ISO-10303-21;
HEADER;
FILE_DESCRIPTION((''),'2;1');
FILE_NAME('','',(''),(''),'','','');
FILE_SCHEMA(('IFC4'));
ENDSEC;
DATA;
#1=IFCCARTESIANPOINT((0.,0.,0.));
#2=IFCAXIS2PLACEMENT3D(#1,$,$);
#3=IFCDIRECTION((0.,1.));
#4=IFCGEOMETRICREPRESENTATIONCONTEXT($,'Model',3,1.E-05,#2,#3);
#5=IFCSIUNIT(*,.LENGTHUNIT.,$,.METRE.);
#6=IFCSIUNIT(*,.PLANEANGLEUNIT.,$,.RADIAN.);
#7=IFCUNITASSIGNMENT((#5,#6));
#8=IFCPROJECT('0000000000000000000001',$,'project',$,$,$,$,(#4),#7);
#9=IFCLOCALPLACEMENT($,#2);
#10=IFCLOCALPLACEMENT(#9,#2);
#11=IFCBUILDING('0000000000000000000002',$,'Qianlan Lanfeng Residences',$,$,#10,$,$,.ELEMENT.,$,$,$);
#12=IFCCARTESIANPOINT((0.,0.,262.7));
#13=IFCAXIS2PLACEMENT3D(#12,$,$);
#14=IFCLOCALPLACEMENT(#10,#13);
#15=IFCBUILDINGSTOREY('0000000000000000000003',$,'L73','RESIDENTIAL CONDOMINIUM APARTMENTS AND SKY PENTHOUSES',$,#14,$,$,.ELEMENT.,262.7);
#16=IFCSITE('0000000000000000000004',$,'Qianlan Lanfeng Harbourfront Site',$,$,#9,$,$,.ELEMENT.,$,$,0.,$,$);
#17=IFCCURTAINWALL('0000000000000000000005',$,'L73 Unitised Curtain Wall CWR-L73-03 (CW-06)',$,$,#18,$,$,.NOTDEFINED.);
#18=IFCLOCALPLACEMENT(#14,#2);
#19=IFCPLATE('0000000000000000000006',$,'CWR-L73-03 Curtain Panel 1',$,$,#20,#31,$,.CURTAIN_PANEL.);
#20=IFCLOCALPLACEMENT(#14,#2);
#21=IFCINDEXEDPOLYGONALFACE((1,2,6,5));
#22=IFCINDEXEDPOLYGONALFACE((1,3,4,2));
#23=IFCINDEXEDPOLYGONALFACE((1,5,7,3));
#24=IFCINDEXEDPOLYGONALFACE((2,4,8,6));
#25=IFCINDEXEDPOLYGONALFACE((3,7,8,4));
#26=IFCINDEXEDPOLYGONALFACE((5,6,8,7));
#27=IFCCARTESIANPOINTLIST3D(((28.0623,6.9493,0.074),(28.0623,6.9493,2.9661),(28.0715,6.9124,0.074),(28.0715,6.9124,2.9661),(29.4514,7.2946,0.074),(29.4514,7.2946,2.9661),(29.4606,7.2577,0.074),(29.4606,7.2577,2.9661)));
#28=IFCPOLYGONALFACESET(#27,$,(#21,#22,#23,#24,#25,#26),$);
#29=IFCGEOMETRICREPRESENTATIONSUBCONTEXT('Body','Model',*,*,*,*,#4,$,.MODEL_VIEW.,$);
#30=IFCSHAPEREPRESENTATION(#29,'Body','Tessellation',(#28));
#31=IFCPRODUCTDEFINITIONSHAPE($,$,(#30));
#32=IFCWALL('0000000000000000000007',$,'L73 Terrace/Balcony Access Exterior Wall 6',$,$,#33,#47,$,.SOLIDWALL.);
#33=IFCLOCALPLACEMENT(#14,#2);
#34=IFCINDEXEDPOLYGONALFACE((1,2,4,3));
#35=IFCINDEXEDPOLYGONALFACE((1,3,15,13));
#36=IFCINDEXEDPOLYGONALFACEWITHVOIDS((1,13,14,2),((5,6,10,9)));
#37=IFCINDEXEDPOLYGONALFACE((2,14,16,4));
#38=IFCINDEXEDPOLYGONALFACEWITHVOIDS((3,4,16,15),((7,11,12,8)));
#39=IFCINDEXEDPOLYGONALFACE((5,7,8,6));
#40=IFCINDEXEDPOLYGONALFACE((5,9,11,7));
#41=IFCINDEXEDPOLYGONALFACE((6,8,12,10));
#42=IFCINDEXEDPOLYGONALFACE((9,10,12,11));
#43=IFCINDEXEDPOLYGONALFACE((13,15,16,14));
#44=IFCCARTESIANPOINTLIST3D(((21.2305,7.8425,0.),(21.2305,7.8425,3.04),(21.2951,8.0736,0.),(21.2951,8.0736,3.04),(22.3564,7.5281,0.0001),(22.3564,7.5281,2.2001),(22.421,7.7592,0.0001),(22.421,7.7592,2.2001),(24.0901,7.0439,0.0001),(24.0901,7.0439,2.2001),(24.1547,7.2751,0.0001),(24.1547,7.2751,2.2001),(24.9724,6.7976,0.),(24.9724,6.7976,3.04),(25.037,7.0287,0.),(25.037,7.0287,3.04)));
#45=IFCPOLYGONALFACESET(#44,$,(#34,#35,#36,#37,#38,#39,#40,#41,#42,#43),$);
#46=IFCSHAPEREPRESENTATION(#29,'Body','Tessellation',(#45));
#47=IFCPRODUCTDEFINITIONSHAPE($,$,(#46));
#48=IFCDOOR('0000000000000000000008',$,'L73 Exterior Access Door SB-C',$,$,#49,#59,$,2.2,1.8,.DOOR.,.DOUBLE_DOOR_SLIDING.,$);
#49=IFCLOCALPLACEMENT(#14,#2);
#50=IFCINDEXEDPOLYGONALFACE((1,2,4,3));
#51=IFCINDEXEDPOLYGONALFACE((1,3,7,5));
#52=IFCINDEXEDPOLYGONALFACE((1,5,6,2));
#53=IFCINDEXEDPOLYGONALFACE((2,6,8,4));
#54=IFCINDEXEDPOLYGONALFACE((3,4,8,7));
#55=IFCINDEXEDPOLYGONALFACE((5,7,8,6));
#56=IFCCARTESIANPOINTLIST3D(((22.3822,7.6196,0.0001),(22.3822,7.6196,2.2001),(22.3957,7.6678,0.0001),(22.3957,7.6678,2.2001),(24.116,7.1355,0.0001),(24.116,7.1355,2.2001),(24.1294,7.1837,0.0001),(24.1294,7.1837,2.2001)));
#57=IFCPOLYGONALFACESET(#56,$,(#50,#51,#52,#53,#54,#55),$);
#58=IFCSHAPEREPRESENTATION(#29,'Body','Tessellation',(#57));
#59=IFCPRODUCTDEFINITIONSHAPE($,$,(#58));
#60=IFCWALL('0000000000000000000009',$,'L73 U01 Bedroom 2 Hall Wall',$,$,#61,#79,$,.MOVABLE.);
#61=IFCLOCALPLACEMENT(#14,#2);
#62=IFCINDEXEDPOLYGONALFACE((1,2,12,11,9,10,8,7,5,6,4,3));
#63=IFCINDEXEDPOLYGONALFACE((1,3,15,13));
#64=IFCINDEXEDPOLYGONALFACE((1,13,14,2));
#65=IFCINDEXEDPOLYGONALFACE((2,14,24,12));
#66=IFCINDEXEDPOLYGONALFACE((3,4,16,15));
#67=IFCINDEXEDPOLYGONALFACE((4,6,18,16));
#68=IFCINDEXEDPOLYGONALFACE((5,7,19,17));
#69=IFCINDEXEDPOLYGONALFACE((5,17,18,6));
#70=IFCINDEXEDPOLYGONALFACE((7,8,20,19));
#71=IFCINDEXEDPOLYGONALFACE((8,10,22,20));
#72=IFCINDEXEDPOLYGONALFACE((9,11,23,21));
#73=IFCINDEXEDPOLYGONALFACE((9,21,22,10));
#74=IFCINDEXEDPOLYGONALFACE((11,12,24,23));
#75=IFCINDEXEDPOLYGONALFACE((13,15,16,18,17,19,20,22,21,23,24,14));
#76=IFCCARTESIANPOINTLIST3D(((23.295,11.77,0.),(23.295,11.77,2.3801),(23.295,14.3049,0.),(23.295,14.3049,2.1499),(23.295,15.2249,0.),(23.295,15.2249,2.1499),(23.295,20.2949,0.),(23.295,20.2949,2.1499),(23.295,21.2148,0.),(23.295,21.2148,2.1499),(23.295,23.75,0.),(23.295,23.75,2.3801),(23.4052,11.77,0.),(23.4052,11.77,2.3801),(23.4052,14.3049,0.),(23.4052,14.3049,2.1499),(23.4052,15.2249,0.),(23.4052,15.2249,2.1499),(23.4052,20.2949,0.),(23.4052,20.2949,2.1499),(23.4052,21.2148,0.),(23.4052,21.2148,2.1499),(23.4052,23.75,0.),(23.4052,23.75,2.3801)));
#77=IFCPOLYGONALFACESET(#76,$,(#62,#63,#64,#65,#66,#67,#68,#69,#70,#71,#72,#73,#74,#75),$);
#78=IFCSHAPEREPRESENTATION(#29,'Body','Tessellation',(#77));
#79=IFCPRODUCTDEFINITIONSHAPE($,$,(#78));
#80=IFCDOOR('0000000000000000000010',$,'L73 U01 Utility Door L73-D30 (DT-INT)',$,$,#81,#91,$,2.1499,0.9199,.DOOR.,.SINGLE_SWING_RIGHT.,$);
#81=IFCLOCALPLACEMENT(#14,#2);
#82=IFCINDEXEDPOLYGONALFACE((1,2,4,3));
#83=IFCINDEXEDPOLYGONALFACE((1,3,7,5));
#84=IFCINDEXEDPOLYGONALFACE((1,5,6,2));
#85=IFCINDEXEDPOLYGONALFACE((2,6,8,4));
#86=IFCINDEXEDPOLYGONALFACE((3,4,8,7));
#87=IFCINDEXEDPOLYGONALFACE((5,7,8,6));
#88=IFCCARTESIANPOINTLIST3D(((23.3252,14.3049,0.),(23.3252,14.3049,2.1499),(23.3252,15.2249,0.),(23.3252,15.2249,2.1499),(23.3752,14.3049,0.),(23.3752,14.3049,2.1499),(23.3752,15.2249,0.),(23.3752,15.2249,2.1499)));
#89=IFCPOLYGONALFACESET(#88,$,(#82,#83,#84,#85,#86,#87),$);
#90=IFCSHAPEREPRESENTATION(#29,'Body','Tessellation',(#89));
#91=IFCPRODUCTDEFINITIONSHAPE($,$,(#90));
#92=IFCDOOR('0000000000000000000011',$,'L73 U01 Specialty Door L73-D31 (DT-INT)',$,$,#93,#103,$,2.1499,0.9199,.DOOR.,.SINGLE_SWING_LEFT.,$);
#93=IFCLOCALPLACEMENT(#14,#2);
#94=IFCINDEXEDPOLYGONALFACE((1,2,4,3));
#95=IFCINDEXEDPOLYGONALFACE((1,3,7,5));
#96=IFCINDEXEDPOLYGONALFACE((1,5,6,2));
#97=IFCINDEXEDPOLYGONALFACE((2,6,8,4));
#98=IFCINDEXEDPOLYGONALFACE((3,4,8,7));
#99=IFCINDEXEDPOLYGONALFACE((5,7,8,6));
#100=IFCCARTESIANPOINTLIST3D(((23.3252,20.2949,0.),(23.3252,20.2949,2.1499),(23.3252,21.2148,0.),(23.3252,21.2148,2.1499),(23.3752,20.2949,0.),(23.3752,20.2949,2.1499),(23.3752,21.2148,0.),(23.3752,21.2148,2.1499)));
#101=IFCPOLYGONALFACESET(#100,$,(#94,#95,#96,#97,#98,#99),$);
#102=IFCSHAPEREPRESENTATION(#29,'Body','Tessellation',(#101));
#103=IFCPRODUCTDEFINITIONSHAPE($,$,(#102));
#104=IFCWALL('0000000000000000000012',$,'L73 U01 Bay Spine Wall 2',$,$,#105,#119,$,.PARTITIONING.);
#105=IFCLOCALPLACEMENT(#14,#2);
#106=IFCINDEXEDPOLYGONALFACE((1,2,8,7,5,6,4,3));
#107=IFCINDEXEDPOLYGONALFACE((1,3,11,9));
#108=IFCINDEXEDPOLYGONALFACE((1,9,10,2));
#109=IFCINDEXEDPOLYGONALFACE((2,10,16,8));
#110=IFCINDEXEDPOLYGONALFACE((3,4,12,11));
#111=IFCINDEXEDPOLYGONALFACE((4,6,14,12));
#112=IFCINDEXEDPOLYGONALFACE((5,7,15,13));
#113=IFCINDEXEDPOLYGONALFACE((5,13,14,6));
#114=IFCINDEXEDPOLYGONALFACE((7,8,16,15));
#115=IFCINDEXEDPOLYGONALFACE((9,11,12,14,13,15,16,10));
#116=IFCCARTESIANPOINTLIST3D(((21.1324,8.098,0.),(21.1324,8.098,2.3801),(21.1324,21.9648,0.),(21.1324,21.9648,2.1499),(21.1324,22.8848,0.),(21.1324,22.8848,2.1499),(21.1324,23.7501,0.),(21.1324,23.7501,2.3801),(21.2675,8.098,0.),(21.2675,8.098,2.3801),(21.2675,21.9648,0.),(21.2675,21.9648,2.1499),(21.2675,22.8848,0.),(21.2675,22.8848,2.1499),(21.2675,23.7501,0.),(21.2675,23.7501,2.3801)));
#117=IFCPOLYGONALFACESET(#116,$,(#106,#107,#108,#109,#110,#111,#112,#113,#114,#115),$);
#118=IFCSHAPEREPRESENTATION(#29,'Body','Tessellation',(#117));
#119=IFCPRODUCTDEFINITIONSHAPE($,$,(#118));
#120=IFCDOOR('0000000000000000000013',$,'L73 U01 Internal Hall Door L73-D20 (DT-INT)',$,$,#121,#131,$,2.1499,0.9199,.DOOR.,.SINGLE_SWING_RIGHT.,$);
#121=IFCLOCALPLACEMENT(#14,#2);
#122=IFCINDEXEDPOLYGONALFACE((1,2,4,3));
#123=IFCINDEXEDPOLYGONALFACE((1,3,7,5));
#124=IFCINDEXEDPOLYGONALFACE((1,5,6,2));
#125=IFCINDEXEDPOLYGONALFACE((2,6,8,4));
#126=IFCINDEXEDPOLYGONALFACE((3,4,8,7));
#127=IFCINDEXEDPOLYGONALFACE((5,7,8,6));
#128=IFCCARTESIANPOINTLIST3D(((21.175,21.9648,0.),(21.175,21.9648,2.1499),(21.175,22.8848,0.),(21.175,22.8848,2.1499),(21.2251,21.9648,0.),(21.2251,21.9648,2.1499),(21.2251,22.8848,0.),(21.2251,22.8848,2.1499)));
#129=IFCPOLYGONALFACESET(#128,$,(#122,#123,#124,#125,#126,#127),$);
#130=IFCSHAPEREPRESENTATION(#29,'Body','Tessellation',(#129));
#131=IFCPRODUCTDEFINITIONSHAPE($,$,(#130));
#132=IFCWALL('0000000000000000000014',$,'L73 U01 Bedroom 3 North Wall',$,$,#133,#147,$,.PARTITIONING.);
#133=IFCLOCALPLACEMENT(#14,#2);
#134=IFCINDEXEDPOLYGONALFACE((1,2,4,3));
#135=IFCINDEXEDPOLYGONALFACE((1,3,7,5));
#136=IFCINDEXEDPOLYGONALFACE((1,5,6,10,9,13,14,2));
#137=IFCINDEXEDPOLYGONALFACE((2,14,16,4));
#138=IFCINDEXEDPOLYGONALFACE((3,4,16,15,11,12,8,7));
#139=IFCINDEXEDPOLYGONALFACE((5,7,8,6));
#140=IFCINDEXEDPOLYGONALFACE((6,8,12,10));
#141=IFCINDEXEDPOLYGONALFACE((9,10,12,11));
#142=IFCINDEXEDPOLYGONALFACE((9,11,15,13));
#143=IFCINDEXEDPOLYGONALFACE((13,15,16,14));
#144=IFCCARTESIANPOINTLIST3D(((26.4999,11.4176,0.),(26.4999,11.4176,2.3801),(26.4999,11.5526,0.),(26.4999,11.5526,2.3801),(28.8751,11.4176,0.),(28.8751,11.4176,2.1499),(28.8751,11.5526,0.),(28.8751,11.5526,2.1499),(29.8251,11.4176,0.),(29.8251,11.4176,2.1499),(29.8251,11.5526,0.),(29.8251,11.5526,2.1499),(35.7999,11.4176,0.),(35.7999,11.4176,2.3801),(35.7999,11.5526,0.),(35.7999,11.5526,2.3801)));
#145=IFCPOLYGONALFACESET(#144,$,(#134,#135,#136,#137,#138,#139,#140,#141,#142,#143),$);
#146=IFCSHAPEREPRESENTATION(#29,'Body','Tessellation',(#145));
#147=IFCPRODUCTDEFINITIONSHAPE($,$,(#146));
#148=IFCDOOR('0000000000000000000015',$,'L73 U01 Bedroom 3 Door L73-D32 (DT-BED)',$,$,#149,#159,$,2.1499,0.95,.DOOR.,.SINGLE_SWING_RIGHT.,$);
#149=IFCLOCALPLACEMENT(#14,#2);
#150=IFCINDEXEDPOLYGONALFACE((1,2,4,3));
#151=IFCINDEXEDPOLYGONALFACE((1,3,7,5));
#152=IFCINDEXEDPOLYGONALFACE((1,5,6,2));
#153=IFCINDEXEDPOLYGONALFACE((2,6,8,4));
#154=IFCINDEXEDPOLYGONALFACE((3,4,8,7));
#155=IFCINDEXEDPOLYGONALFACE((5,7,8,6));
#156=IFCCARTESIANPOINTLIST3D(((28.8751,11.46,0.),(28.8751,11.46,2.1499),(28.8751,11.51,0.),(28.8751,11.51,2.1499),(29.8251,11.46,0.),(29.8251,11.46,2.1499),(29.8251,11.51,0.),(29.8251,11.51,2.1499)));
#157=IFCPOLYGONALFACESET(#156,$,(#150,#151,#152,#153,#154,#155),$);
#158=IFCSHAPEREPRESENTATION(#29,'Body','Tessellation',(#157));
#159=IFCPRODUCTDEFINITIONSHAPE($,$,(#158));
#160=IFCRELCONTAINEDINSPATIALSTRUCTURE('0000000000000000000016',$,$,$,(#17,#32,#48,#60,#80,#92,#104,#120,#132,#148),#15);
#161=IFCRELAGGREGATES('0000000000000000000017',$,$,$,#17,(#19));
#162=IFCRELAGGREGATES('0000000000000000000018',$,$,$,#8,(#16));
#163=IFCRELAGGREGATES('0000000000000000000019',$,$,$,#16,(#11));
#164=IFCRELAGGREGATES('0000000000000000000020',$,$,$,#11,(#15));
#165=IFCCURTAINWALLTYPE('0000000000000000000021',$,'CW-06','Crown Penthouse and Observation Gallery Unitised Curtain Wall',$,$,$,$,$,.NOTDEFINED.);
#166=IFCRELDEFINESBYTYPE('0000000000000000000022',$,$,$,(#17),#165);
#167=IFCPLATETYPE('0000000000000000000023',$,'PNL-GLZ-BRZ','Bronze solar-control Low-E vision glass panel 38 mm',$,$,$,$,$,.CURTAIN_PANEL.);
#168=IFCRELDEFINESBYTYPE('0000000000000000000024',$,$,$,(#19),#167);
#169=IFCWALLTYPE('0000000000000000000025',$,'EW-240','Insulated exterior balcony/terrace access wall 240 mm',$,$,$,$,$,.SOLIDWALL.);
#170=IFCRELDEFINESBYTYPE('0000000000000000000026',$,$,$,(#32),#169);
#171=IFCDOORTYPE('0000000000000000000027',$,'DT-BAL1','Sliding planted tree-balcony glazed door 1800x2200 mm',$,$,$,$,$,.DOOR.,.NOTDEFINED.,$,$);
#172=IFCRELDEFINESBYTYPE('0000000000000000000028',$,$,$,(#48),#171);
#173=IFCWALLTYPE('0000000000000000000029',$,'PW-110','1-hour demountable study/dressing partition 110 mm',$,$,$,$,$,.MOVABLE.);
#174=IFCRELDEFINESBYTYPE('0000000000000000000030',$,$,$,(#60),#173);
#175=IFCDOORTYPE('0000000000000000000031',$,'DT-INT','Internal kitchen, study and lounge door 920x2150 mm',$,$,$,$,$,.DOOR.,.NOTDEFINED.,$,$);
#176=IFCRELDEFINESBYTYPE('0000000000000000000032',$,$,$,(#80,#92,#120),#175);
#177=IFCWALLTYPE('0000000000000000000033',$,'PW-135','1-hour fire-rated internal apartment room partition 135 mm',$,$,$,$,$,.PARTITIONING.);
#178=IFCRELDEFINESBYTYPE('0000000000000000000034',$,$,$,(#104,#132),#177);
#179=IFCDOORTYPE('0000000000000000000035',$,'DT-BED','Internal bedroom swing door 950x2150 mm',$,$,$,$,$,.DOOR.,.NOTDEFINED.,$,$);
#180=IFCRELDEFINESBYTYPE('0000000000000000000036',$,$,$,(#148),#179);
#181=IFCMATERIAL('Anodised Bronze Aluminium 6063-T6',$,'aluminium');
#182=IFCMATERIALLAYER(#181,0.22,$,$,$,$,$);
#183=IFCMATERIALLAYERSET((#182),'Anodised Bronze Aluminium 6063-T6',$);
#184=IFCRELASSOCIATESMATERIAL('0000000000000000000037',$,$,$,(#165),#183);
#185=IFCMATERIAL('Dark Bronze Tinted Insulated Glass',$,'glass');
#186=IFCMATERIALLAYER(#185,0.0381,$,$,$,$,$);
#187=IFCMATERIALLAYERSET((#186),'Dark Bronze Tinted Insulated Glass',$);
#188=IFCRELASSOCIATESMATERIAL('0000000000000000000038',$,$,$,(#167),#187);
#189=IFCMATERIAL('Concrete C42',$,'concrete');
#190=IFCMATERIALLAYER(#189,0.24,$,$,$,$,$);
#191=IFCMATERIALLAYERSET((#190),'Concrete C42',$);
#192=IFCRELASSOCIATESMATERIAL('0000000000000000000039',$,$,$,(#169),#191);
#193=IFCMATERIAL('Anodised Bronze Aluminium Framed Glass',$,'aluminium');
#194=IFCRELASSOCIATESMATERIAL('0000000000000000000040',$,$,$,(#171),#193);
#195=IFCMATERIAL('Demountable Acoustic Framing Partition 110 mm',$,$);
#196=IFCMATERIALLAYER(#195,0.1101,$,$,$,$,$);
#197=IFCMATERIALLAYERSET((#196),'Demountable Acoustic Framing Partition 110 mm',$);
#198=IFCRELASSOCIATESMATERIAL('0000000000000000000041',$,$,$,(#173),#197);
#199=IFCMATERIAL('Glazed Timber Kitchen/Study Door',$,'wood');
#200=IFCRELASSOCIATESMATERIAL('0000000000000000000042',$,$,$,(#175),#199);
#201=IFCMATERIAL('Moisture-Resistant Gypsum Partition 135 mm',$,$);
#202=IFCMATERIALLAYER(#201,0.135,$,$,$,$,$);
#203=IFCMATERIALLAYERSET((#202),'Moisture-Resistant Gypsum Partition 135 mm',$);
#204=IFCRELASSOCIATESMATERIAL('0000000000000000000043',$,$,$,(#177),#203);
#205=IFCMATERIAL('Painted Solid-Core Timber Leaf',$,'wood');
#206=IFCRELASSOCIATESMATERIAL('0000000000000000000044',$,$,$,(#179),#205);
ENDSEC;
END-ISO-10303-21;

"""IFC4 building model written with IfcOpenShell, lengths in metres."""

from ifc_helpers import new_model, si_unit, direction, frame, frame_2d, origin, origin_2d, place, context, subcontext, project, spatial, rectangle, extrude, source, transform, mapped, material, layer, layer_set, type_object, element, fill, aggregate, save


model = new_model("IFC4")

# Units and contexts
model_context = context("Model", 3, precision=1e-05, world=origin(), true_north=direction((0.0, 1.0)))
body_context = subcontext(model_context, "Body", "Model", "MODEL_VIEW")
ifc_project = project(units=[si_unit("LENGTHUNIT", "METRE"), si_unit("PLANEANGLEUNIT", "RADIAN")], contexts=[model_context])

# Site, building, storey
site_placement = place(None, origin())
site = spatial("IfcSite", under=ifc_project, at=site_placement, Name="Qianlan Lanfeng Harbourfront Site", CompositionType="ELEMENT", RefElevation=0.0)
building_placement = place(site_placement, origin())
building = spatial("IfcBuilding", under=site, at=building_placement, Name="Qianlan Lanfeng Residences", CompositionType="ELEMENT")
storey_placement = place(building_placement, frame((0.0, 0.0, 262.7)))
storey = spatial("IfcBuildingStorey", under=building, at=storey_placement, Name="L73", Description="RESIDENTIAL CONDOMINIUM APARTMENTS AND SKY PENTHOUSES", CompositionType="ELEMENT", Elevation=262.7)

# Curtain wall
ifc_material_1 = material(Name="Anodised Bronze Aluminium 6063-T6", Category="aluminium")
ifc_layer_1 = layer(ifc_material_1, 0.22)
ifc_layer_set_1 = layer_set([ifc_layer_1], Name="Anodised Bronze Aluminium 6063-T6")
curtain_wall_type = type_object("IfcCurtainWallType", Name="CW-06", Description="Crown Penthouse and Observation Gallery Unitised Curtain Wall", PredefinedType="NOTDEFINED", material=ifc_layer_set_1)
curtain_wall_placement = place(storey_placement, origin())
curtain_wall = element("IfcCurtainWall", 1, at=curtain_wall_placement, inside=storey, type_object=curtain_wall_type, Name="L73 Unitised Curtain Wall CWR-L73-03 (CW-06)", PredefinedType="NOTDEFINED")

# Plate
ifc_material_2 = material(Name="Dark Bronze Tinted Insulated Glass", Category="glass")
ifc_layer_2 = layer(ifc_material_2, 0.0381)
ifc_layer_set_2 = layer_set([ifc_layer_2], Name="Dark Bronze Tinted Insulated Glass")
plate_type_1 = type_object("IfcPlateType", Name="PNL-GLZ-BRZ", Description="Bronze solar-control Low-E vision glass panel 38 mm", PredefinedType="CURTAIN_PANEL", material=ifc_layer_set_2)
shared_shape_1 = source(origin(), body_context, "Body", "SweptSolid", [
    extrude(rectangle(XDim=1.4314, YDim=0.0381, at=origin_2d()), origin(), (0.0, 0.0, 1.0), 2.8921),
])
plate_1_placement = place(storey_placement, frame((28.7615, 7.1035, 0.074), z_axis=(0.0, 0.0, 1.0), x_axis=(0.970466, 0.241238, 0.0)))
plate_1 = element("IfcPlate", 2, at=plate_1_placement, type_object=plate_type_1, Name="CWR-L73-03 Curtain Panel 1", PredefinedType="CURTAIN_PANEL", context=body_context, shape_type="MappedRepresentation", body=[
    mapped(shared_shape_1, transform((0.0, 0.0, 0.0), scale=1.0)),
])
aggregate(curtain_wall, [plate_1])

# Wall, opening, door
ifc_material_3 = material(Name="Concrete C42", Category="concrete")
ifc_layer_3 = layer(ifc_material_3, 0.24)
ifc_layer_set_3 = layer_set([ifc_layer_3], Name="Concrete C42")
wall_type_1 = type_object("IfcWallType", Name="EW-240", Description="Insulated exterior balcony/terrace access wall 240 mm", PredefinedType="SOLIDWALL", material=ifc_layer_set_3)
wall_1_placement = place(storey_placement, frame((21.2629, 7.958, 0.0), z_axis=(0.0, 0.0, 1.0), x_axis=(0.963152, -0.268956, 0.0)))
wall_1 = element("IfcWall", 3, at=wall_1_placement, inside=storey, type_object=wall_type_1, Name="L73 Terrace/Balcony Access Exterior Wall 6", PredefinedType="SOLIDWALL", context=body_context, shape_type="SweptSolid", body=[
    extrude(rectangle(XDim=3.885, YDim=0.24, at=frame_2d((1.9424, 0.0))), origin(), (0.0, 0.0, 1.0), 3.04),
])
opening_1_placement = place(wall_1_placement, frame((1.1689, 0.0, 0.0)))
opening_1 = element("IfcOpeningElement", 4, at=opening_1_placement, cuts=wall_1, PredefinedType="OPENING", context=body_context, shape_type="SweptSolid", body=[
    extrude(rectangle(XDim=1.8, YDim=2.2, at=frame_2d((0.8999, 1.1001))), frame((0.0, 0.1299, 0.0), z_axis=(0.0, -1.0, 0.0), x_axis=(1.0, 0.0, 0.0)), (0.0, 0.0, 1.0), 0.26),
])
ifc_material_4 = material(Name="Anodised Bronze Aluminium Framed Glass", Category="aluminium")
door_type_1 = type_object("IfcDoorType", Name="DT-BAL1", Description="Sliding planted tree-balcony glazed door 1800x2200 mm", OperationType="NOTDEFINED", PredefinedType="DOOR", material=ifc_material_4)
door_1_placement = place(opening_1_placement, frame((1.8, 0.0, 0.0), z_axis=(0.0, 0.0, 1.0), x_axis=(-1.0, 0.0, 0.0)))
door_1 = element("IfcDoor", 5, at=door_1_placement, inside=storey, type_object=door_type_1, Name="L73 Exterior Access Door SB-C", OperationType="DOUBLE_DOOR_SLIDING", OverallHeight=2.2, OverallWidth=1.8, PredefinedType="DOOR", context=body_context, shape_type="SweptSolid", body=[
    extrude(rectangle(XDim=1.8, YDim=2.2, at=frame_2d((0.8999, 1.1001))), frame((0.0, 0.0249, 0.0), z_axis=(0.0, -1.0, 0.0), x_axis=(1.0, 0.0, 0.0)), (0.0, 0.0, 1.0), 0.05),
])
fill(opening_1, door_1)

# Wall, openings, doors
ifc_material_5 = material(Name="Demountable Acoustic Framing Partition 110 mm")
ifc_layer_4 = layer(ifc_material_5, 0.1101)
ifc_layer_set_4 = layer_set([ifc_layer_4], Name="Demountable Acoustic Framing Partition 110 mm")
wall_type_2 = type_object("IfcWallType", Name="PW-110", Description="1-hour demountable study/dressing partition 110 mm", PredefinedType="MOVABLE", material=ifc_layer_set_4)
wall_2_placement = place(storey_placement, frame((23.3501, 11.77, 0.0), z_axis=(0.0, 0.0, 1.0), x_axis=(0.0, 1.0, 0.0)))
wall_2 = element("IfcWall", 6, at=wall_2_placement, inside=storey, type_object=wall_type_2, Name="L73 U01 Bedroom 2 Hall Wall", PredefinedType="MOVABLE", context=body_context, shape_type="SweptSolid", body=[
    extrude(rectangle(XDim=11.98, YDim=0.1101, at=frame_2d((5.99, 0.0))), origin(), (0.0, 0.0, 1.0), 2.3801),
])
opening_2_placement = place(wall_2_placement, frame((2.5349, 0.0, 0.0)))
opening_2 = element("IfcOpeningElement", 7, at=opening_2_placement, cuts=wall_2, PredefinedType="OPENING", context=body_context, shape_type="SweptSolid", body=[
    extrude(rectangle(XDim=0.9199, YDim=2.1499, at=frame_2d((0.46, 1.075))), frame((0.0, 0.0649, 0.0), z_axis=(0.0, -1.0, 0.0), x_axis=(1.0, 0.0, 0.0)), (0.0, 0.0, 1.0), 0.1301),
])
opening_3_placement = place(wall_2_placement, frame((8.5249, 0.0, 0.0)))
opening_3 = element("IfcOpeningElement", 8, at=opening_3_placement, cuts=wall_2, PredefinedType="OPENING", context=body_context, shape_type="SweptSolid", body=[
    extrude(rectangle(XDim=0.9199, YDim=2.1499, at=frame_2d((0.46, 1.075))), frame((0.0, 0.0649, 0.0), z_axis=(0.0, -1.0, 0.0), x_axis=(1.0, 0.0, 0.0)), (0.0, 0.0, 1.0), 0.1301),
])
ifc_material_6 = material(Name="Glazed Timber Kitchen/Study Door", Category="wood")
door_type_2 = type_object("IfcDoorType", Name="DT-INT", Description="Internal kitchen, study and lounge door 920x2150 mm", OperationType="NOTDEFINED", PredefinedType="DOOR", material=ifc_material_6)
door_2_placement = place(opening_2_placement, origin())
door_2 = element("IfcDoor", 9, at=door_2_placement, inside=storey, type_object=door_type_2, Name="L73 U01 Utility Door L73-D30 (DT-INT)", OperationType="SINGLE_SWING_RIGHT", OverallHeight=2.1499, OverallWidth=0.9199, PredefinedType="DOOR", context=body_context, shape_type="SweptSolid", body=[
    extrude(rectangle(XDim=0.9199, YDim=2.1499, at=frame_2d((0.46, 1.075))), frame((0.0, 0.0249, 0.0), z_axis=(0.0, -1.0, 0.0), x_axis=(1.0, 0.0, 0.0)), (0.0, 0.0, 1.0), 0.05),
])
fill(opening_2, door_2)
door_3_placement = place(opening_3_placement, origin())
door_3 = element("IfcDoor", 10, at=door_3_placement, inside=storey, type_object=door_type_2, Name="L73 U01 Specialty Door L73-D31 (DT-INT)", OperationType="SINGLE_SWING_LEFT", OverallHeight=2.1499, OverallWidth=0.9199, PredefinedType="DOOR", context=body_context, shape_type="SweptSolid", body=[
    extrude(rectangle(XDim=0.9199, YDim=2.1499, at=frame_2d((0.46, 1.075))), frame((0.0, 0.0249, 0.0), z_axis=(0.0, -1.0, 0.0), x_axis=(1.0, 0.0, 0.0)), (0.0, 0.0, 1.0), 0.05),
])
fill(opening_3, door_3)

# Walls, openings, doors
ifc_material_7 = material(Name="Moisture-Resistant Gypsum Partition 135 mm")
ifc_layer_5 = layer(ifc_material_7, 0.135)
ifc_layer_set_5 = layer_set([ifc_layer_5], Name="Moisture-Resistant Gypsum Partition 135 mm")
wall_type_3 = type_object("IfcWallType", Name="PW-135", Description="1-hour fire-rated internal apartment room partition 135 mm", PredefinedType="PARTITIONING", material=ifc_layer_set_5)
wall_3_placement = place(storey_placement, frame((21.2, 8.0979, 0.0), z_axis=(0.0, 0.0, 1.0), x_axis=(0.0, 1.0, 0.0)))
wall_3 = element("IfcWall", 11, at=wall_3_placement, inside=storey, type_object=wall_type_3, Name="L73 U01 Bay Spine Wall 2", PredefinedType="PARTITIONING", context=body_context, shape_type="SweptSolid", body=[
    extrude(rectangle(XDim=15.6521, YDim=0.135, at=frame_2d((7.8262, 0.0))), origin(), (0.0, 0.0, 1.0), 2.3801),
])
opening_4_placement = place(wall_3_placement, frame((13.8669, 0.0, 0.0)))
opening_4 = element("IfcOpeningElement", 12, at=opening_4_placement, cuts=wall_3, PredefinedType="OPENING", context=body_context, shape_type="SweptSolid", body=[
    extrude(rectangle(XDim=0.9199, YDim=2.1499, at=frame_2d((0.46, 1.075))), frame((0.0, 0.0776, 0.0), z_axis=(0.0, -1.0, 0.0), x_axis=(1.0, 0.0, 0.0)), (0.0, 0.0, 1.0), 0.155),
])
door_4_placement = place(opening_4_placement, origin())
door_4 = element("IfcDoor", 13, at=door_4_placement, inside=storey, type_object=door_type_2, Name="L73 U01 Internal Hall Door L73-D20 (DT-INT)", OperationType="SINGLE_SWING_RIGHT", OverallHeight=2.1499, OverallWidth=0.9199, PredefinedType="DOOR", context=body_context, shape_type="SweptSolid", body=[
    extrude(rectangle(XDim=0.9199, YDim=2.1499, at=frame_2d((0.46, 1.075))), frame((0.0, 0.0249, 0.0), z_axis=(0.0, -1.0, 0.0), x_axis=(1.0, 0.0, 0.0)), (0.0, 0.0, 1.0), 0.05),
])
fill(opening_4, door_4)
ifc_material_8 = material(Name="Painted Solid-Core Timber Leaf", Category="wood")
door_type_3 = type_object("IfcDoorType", Name="DT-BED", Description="Internal bedroom swing door 950x2150 mm", OperationType="NOTDEFINED", PredefinedType="DOOR", material=ifc_material_8)
wall_4_placement = place(storey_placement, frame((26.5, 11.4851, 0.0), z_axis=(0.0, 0.0, 1.0), x_axis=(1.0, 0.0, 0.0)))
wall_4 = element("IfcWall", 14, at=wall_4_placement, inside=storey, type_object=wall_type_3, Name="L73 U01 Bedroom 3 North Wall", PredefinedType="PARTITIONING", context=body_context, shape_type="SweptSolid", body=[
    extrude(rectangle(XDim=9.3, YDim=0.135, at=frame_2d((4.6499, 0.0))), origin(), (0.0, 0.0, 1.0), 2.3801),
])
opening_5_placement = place(wall_4_placement, frame((2.375, 0.0, 0.0)))
opening_5 = element("IfcOpeningElement", 15, at=opening_5_placement, cuts=wall_4, PredefinedType="OPENING", context=body_context, shape_type="SweptSolid", body=[
    extrude(rectangle(XDim=0.95, YDim=2.1499, at=frame_2d((0.4751, 1.075))), frame((0.0, 0.0776, 0.0), z_axis=(0.0, -1.0, 0.0), x_axis=(1.0, 0.0, 0.0)), (0.0, 0.0, 1.0), 0.155),
])
door_5_placement = place(opening_5_placement, origin())
door_5 = element("IfcDoor", 16, at=door_5_placement, inside=storey, type_object=door_type_3, Name="L73 U01 Bedroom 3 Door L73-D32 (DT-BED)", OperationType="SINGLE_SWING_RIGHT", OverallHeight=2.1499, OverallWidth=0.95, PredefinedType="DOOR", context=body_context, shape_type="SweptSolid", body=[
    extrude(rectangle(XDim=0.95, YDim=2.1499, at=frame_2d((0.4751, 1.075))), frame((0.0, 0.0249, 0.0), z_axis=(0.0, -1.0, 0.0), x_axis=(1.0, 0.0, 0.0)), (0.0, 0.0, 1.0), 0.05),
])
fill(opening_5, door_5)

save(model, "model.ifc")
